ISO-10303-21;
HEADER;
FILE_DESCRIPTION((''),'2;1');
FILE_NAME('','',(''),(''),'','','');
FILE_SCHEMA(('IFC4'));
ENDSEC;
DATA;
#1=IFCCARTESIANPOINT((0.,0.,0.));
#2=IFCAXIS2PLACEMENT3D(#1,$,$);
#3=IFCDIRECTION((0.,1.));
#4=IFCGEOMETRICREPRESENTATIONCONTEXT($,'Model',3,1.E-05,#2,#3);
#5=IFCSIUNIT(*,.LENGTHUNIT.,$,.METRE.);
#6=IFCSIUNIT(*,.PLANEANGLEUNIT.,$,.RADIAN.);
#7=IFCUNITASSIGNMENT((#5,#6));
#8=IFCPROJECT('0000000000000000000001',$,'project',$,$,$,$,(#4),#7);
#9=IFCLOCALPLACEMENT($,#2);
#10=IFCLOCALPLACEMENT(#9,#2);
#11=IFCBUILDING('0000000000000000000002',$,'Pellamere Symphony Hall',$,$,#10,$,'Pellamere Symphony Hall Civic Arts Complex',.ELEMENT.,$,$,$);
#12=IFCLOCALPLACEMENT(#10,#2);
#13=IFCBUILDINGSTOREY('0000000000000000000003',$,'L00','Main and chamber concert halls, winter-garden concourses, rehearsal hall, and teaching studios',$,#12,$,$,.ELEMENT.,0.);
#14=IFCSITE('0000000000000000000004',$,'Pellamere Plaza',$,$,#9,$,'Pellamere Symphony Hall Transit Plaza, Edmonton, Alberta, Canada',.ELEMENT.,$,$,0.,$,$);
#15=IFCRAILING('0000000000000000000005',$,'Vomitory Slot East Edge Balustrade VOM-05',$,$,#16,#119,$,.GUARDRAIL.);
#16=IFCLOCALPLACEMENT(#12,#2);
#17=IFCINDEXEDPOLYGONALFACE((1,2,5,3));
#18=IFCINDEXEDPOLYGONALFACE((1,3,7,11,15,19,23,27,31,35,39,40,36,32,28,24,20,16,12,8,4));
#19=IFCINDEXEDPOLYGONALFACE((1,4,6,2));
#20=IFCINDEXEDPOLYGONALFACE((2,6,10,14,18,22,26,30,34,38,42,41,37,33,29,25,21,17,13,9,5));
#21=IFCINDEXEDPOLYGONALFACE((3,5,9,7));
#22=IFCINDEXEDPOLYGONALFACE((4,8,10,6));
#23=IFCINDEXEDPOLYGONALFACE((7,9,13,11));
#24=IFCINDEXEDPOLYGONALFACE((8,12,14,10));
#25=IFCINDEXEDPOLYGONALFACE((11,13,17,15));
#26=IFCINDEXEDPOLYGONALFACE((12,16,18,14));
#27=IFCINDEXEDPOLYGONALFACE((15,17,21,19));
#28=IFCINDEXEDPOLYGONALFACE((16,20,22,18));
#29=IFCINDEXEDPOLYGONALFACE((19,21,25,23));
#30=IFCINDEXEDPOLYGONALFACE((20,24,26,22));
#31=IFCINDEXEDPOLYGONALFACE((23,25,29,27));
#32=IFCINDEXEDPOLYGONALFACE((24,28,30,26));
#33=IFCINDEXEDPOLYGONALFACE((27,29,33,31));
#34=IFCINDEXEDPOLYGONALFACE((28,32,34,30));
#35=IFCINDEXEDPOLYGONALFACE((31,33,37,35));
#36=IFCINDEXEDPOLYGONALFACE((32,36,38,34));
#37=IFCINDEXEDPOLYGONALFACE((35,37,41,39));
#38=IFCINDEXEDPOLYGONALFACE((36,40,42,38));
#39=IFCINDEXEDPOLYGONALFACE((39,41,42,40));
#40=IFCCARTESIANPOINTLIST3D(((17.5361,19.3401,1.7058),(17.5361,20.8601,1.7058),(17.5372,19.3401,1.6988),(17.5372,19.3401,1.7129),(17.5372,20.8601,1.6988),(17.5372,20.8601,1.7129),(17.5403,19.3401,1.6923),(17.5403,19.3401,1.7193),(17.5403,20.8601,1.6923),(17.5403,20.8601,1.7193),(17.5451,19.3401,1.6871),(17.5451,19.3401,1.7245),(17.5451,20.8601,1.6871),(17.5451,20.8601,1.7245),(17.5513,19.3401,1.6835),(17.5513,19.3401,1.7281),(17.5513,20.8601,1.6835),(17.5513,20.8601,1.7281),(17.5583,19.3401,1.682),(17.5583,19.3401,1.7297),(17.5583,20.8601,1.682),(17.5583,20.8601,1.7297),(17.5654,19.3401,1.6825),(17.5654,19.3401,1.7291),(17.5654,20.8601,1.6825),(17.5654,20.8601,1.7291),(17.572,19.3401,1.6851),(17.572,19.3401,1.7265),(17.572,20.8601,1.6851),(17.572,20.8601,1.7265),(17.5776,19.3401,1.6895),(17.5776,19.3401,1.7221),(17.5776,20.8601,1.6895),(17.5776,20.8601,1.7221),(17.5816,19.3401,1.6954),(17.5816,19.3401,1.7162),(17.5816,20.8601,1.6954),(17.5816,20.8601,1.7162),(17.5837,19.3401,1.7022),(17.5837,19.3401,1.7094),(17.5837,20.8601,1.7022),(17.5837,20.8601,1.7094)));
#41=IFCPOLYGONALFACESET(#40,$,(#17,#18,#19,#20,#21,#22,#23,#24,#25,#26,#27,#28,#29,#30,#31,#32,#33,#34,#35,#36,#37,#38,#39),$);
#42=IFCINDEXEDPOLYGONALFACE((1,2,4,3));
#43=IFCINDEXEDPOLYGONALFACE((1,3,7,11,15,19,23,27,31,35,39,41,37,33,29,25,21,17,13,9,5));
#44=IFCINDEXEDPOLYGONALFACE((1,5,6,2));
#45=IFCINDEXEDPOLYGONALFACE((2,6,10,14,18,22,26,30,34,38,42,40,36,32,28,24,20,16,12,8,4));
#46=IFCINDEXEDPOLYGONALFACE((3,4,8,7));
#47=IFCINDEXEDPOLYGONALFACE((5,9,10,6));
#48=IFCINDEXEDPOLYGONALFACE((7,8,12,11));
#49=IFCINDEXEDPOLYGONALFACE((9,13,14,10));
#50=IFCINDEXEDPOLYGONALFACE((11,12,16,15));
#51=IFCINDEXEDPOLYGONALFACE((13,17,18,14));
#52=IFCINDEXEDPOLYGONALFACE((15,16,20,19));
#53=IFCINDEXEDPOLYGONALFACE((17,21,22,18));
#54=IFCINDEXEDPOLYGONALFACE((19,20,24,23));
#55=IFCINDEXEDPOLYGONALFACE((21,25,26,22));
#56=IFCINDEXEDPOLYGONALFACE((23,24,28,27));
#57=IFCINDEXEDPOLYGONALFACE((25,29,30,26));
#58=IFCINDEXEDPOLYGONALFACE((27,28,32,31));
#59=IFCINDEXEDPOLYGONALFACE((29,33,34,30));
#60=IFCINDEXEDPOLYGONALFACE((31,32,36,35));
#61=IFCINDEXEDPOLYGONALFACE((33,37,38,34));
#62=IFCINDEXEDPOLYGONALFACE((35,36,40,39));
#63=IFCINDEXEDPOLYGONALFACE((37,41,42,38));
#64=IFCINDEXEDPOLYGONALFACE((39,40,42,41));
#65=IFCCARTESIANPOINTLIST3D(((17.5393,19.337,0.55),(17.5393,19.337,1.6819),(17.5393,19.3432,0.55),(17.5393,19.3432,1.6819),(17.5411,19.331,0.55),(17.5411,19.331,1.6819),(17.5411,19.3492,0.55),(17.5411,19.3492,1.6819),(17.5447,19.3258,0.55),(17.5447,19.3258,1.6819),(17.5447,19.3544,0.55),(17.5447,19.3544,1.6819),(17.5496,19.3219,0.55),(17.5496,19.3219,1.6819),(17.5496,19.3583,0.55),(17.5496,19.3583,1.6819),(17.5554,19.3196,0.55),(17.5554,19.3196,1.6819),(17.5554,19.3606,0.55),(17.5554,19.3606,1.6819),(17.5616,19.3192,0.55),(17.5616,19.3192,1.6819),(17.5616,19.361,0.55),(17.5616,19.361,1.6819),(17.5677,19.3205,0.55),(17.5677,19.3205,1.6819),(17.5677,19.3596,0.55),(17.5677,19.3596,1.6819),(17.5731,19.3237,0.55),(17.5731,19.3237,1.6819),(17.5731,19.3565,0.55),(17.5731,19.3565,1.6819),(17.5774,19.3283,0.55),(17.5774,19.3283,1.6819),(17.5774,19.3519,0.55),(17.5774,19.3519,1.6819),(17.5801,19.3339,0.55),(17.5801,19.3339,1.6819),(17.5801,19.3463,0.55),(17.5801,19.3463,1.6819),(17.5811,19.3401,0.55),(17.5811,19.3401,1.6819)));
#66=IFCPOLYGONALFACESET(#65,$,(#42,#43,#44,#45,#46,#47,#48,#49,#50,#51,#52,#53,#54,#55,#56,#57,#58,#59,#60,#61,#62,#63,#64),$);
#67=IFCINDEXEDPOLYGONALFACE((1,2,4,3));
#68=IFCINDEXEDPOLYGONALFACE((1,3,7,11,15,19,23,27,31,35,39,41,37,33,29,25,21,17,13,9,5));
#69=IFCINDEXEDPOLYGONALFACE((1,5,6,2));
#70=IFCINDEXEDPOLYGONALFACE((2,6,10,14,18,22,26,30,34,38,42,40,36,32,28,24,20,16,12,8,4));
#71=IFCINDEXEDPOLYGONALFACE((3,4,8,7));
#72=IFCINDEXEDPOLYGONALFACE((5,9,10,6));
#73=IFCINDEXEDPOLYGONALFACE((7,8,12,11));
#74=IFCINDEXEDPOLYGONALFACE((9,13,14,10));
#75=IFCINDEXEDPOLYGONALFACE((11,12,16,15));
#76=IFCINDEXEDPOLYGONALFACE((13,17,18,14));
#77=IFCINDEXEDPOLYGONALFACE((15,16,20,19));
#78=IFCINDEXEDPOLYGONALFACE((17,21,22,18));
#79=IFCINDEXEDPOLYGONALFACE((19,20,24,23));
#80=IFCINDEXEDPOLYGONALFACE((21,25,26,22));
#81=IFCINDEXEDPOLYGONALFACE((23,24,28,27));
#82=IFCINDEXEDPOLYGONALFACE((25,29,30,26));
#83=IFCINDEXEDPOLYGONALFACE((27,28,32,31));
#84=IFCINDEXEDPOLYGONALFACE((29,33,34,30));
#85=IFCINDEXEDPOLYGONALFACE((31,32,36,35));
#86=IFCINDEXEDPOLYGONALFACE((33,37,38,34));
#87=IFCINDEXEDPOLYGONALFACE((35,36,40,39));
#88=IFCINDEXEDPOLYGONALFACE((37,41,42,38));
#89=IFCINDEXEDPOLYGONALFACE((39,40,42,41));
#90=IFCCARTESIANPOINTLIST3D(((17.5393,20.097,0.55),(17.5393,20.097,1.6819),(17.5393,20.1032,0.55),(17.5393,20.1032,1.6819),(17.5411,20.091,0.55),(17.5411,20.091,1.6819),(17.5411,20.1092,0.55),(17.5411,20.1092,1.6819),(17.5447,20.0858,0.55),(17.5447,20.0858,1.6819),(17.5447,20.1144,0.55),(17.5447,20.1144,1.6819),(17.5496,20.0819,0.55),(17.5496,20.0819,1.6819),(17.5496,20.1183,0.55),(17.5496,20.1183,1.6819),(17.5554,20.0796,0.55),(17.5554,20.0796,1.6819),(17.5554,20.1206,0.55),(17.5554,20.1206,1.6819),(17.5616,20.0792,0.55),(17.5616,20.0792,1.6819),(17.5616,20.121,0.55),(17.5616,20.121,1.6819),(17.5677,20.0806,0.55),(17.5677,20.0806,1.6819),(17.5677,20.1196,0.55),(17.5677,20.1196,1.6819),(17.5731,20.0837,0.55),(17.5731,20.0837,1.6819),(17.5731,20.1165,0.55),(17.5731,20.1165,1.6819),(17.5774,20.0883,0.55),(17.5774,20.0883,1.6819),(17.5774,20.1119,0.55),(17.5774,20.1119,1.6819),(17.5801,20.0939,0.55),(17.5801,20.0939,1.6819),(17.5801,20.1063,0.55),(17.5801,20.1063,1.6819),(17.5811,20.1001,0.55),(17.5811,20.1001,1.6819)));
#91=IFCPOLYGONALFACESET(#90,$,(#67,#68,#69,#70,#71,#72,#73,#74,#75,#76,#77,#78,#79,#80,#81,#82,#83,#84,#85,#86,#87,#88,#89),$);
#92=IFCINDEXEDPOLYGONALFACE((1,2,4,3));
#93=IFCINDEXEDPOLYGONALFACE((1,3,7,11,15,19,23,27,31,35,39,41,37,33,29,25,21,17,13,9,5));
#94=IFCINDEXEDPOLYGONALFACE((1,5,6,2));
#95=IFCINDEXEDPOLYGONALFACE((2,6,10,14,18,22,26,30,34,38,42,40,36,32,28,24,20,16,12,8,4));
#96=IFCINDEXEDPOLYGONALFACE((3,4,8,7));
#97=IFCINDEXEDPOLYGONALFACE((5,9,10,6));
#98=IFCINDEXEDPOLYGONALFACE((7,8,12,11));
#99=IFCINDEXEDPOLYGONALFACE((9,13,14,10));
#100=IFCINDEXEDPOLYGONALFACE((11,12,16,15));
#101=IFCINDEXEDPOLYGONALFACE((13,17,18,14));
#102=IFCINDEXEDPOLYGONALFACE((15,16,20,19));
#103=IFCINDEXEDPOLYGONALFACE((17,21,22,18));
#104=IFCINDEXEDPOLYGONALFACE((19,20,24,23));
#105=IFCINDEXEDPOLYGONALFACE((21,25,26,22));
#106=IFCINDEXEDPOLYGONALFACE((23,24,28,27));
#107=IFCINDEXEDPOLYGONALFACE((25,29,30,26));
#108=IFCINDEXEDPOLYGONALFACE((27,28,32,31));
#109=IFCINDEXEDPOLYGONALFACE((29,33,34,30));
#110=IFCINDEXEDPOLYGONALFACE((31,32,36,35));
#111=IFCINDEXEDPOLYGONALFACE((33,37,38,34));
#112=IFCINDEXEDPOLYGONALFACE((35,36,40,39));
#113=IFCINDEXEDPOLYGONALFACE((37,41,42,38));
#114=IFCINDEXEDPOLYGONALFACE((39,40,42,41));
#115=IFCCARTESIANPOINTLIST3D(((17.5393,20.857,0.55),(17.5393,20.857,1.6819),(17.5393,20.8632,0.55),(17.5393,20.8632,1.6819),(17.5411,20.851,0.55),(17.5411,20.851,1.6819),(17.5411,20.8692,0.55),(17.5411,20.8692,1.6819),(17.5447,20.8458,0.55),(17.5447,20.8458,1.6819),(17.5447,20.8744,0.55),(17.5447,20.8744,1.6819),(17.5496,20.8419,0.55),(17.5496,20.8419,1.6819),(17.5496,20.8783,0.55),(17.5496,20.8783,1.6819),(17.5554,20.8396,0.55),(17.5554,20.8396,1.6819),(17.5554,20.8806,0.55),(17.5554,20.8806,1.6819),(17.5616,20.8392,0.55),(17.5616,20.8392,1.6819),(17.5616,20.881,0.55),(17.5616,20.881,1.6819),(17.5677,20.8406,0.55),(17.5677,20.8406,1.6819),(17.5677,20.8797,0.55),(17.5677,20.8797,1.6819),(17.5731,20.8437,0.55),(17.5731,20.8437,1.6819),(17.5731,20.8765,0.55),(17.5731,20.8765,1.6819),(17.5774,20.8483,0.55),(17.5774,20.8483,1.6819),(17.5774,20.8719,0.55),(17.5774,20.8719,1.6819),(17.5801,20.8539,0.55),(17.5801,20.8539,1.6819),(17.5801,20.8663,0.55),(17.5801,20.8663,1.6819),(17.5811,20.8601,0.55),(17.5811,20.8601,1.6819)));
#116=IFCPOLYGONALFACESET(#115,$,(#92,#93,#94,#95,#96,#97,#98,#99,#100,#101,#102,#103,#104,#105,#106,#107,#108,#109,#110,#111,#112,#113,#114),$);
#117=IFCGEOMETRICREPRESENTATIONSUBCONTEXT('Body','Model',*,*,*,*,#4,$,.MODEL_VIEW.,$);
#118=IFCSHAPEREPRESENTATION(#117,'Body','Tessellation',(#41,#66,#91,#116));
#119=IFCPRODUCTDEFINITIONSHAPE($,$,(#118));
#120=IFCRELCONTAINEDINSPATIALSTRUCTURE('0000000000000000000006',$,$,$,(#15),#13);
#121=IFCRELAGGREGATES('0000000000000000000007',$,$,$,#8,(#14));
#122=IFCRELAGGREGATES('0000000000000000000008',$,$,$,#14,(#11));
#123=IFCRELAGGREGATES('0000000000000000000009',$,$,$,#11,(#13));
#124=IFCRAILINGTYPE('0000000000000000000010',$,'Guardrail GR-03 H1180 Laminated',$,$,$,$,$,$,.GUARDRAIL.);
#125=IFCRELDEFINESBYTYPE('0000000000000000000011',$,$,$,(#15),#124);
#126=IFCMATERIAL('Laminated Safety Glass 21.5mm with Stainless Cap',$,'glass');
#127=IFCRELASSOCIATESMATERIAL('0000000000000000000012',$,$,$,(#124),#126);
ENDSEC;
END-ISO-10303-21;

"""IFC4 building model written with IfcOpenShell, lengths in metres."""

from ifc_helpers import new_model, si_unit, direction, frame, origin, origin_2d, place, context, subcontext, project, spatial, circle, extrude, material, type_object, element, save


model = new_model("IFC4")

# Units and contexts
model_context = context("Model", 3, precision=1e-05, world=origin(), true_north=direction((0.0, 1.0)))
body_context = subcontext(model_context, "Body", "Model", "MODEL_VIEW")
ifc_project = project(units=[si_unit("LENGTHUNIT", "METRE"), si_unit("PLANEANGLEUNIT", "RADIAN")], contexts=[model_context])

# Site, building, storey
site_placement = place(None, origin())
site = spatial("IfcSite", under=ifc_project, at=site_placement, Name="Pellamere Plaza", LongName="Pellamere Symphony Hall Transit Plaza, Edmonton, Alberta, Canada", CompositionType="ELEMENT", RefElevation=0.0)
building_placement = place(site_placement, origin())
building = spatial("IfcBuilding", under=site, at=building_placement, Name="Pellamere Symphony Hall", LongName="Pellamere Symphony Hall Civic Arts Complex", CompositionType="ELEMENT")
storey_placement = place(building_placement, origin())
storey = spatial("IfcBuildingStorey", under=building, at=storey_placement, Name="L00", Description="Main and chamber concert halls, winter-garden concourses, rehearsal hall, and teaching studios", CompositionType="ELEMENT", Elevation=0.0)

# Railing
ifc_material_1 = material(Name="Laminated Safety Glass 21.5mm with Stainless Cap", Category="glass")
railing_type_1 = type_object("IfcRailingType", Name="Guardrail GR-03 H1180 Laminated", PredefinedType="GUARDRAIL", material=ifc_material_1)
railing_1_placement = place(storey_placement, frame((17.5601, 19.3401, 0.55)))
element("IfcRailing", 1, at=railing_1_placement, inside=storey, type_object=railing_type_1, Name="Vomitory Slot East Edge Balustrade VOM-05", PredefinedType="GUARDRAIL", context=body_context, shape_type="SweptSolid", body=[
    extrude(circle(Radius=0.0239, at=origin_2d()), frame((0.0, 0.0, 1.1558), z_axis=(0.0, 1.0, 0.0), x_axis=(-1.0, 0.0, 0.0)), (0.0, 0.0, 1.0), 1.52),
    extrude(circle(Radius=0.021, at=origin_2d()), origin(), (0.0, 0.0, 1.0), 1.1318),
    extrude(circle(Radius=0.021, at=origin_2d()), frame((0.0, 0.76, 0.0)), (0.0, 0.0, 1.0), 1.1318),
    extrude(circle(Radius=0.021, at=origin_2d()), frame((0.0, 1.52, 0.0)), (0.0, 0.0, 1.0), 1.1318),
])

save(model, "model.ifc")
